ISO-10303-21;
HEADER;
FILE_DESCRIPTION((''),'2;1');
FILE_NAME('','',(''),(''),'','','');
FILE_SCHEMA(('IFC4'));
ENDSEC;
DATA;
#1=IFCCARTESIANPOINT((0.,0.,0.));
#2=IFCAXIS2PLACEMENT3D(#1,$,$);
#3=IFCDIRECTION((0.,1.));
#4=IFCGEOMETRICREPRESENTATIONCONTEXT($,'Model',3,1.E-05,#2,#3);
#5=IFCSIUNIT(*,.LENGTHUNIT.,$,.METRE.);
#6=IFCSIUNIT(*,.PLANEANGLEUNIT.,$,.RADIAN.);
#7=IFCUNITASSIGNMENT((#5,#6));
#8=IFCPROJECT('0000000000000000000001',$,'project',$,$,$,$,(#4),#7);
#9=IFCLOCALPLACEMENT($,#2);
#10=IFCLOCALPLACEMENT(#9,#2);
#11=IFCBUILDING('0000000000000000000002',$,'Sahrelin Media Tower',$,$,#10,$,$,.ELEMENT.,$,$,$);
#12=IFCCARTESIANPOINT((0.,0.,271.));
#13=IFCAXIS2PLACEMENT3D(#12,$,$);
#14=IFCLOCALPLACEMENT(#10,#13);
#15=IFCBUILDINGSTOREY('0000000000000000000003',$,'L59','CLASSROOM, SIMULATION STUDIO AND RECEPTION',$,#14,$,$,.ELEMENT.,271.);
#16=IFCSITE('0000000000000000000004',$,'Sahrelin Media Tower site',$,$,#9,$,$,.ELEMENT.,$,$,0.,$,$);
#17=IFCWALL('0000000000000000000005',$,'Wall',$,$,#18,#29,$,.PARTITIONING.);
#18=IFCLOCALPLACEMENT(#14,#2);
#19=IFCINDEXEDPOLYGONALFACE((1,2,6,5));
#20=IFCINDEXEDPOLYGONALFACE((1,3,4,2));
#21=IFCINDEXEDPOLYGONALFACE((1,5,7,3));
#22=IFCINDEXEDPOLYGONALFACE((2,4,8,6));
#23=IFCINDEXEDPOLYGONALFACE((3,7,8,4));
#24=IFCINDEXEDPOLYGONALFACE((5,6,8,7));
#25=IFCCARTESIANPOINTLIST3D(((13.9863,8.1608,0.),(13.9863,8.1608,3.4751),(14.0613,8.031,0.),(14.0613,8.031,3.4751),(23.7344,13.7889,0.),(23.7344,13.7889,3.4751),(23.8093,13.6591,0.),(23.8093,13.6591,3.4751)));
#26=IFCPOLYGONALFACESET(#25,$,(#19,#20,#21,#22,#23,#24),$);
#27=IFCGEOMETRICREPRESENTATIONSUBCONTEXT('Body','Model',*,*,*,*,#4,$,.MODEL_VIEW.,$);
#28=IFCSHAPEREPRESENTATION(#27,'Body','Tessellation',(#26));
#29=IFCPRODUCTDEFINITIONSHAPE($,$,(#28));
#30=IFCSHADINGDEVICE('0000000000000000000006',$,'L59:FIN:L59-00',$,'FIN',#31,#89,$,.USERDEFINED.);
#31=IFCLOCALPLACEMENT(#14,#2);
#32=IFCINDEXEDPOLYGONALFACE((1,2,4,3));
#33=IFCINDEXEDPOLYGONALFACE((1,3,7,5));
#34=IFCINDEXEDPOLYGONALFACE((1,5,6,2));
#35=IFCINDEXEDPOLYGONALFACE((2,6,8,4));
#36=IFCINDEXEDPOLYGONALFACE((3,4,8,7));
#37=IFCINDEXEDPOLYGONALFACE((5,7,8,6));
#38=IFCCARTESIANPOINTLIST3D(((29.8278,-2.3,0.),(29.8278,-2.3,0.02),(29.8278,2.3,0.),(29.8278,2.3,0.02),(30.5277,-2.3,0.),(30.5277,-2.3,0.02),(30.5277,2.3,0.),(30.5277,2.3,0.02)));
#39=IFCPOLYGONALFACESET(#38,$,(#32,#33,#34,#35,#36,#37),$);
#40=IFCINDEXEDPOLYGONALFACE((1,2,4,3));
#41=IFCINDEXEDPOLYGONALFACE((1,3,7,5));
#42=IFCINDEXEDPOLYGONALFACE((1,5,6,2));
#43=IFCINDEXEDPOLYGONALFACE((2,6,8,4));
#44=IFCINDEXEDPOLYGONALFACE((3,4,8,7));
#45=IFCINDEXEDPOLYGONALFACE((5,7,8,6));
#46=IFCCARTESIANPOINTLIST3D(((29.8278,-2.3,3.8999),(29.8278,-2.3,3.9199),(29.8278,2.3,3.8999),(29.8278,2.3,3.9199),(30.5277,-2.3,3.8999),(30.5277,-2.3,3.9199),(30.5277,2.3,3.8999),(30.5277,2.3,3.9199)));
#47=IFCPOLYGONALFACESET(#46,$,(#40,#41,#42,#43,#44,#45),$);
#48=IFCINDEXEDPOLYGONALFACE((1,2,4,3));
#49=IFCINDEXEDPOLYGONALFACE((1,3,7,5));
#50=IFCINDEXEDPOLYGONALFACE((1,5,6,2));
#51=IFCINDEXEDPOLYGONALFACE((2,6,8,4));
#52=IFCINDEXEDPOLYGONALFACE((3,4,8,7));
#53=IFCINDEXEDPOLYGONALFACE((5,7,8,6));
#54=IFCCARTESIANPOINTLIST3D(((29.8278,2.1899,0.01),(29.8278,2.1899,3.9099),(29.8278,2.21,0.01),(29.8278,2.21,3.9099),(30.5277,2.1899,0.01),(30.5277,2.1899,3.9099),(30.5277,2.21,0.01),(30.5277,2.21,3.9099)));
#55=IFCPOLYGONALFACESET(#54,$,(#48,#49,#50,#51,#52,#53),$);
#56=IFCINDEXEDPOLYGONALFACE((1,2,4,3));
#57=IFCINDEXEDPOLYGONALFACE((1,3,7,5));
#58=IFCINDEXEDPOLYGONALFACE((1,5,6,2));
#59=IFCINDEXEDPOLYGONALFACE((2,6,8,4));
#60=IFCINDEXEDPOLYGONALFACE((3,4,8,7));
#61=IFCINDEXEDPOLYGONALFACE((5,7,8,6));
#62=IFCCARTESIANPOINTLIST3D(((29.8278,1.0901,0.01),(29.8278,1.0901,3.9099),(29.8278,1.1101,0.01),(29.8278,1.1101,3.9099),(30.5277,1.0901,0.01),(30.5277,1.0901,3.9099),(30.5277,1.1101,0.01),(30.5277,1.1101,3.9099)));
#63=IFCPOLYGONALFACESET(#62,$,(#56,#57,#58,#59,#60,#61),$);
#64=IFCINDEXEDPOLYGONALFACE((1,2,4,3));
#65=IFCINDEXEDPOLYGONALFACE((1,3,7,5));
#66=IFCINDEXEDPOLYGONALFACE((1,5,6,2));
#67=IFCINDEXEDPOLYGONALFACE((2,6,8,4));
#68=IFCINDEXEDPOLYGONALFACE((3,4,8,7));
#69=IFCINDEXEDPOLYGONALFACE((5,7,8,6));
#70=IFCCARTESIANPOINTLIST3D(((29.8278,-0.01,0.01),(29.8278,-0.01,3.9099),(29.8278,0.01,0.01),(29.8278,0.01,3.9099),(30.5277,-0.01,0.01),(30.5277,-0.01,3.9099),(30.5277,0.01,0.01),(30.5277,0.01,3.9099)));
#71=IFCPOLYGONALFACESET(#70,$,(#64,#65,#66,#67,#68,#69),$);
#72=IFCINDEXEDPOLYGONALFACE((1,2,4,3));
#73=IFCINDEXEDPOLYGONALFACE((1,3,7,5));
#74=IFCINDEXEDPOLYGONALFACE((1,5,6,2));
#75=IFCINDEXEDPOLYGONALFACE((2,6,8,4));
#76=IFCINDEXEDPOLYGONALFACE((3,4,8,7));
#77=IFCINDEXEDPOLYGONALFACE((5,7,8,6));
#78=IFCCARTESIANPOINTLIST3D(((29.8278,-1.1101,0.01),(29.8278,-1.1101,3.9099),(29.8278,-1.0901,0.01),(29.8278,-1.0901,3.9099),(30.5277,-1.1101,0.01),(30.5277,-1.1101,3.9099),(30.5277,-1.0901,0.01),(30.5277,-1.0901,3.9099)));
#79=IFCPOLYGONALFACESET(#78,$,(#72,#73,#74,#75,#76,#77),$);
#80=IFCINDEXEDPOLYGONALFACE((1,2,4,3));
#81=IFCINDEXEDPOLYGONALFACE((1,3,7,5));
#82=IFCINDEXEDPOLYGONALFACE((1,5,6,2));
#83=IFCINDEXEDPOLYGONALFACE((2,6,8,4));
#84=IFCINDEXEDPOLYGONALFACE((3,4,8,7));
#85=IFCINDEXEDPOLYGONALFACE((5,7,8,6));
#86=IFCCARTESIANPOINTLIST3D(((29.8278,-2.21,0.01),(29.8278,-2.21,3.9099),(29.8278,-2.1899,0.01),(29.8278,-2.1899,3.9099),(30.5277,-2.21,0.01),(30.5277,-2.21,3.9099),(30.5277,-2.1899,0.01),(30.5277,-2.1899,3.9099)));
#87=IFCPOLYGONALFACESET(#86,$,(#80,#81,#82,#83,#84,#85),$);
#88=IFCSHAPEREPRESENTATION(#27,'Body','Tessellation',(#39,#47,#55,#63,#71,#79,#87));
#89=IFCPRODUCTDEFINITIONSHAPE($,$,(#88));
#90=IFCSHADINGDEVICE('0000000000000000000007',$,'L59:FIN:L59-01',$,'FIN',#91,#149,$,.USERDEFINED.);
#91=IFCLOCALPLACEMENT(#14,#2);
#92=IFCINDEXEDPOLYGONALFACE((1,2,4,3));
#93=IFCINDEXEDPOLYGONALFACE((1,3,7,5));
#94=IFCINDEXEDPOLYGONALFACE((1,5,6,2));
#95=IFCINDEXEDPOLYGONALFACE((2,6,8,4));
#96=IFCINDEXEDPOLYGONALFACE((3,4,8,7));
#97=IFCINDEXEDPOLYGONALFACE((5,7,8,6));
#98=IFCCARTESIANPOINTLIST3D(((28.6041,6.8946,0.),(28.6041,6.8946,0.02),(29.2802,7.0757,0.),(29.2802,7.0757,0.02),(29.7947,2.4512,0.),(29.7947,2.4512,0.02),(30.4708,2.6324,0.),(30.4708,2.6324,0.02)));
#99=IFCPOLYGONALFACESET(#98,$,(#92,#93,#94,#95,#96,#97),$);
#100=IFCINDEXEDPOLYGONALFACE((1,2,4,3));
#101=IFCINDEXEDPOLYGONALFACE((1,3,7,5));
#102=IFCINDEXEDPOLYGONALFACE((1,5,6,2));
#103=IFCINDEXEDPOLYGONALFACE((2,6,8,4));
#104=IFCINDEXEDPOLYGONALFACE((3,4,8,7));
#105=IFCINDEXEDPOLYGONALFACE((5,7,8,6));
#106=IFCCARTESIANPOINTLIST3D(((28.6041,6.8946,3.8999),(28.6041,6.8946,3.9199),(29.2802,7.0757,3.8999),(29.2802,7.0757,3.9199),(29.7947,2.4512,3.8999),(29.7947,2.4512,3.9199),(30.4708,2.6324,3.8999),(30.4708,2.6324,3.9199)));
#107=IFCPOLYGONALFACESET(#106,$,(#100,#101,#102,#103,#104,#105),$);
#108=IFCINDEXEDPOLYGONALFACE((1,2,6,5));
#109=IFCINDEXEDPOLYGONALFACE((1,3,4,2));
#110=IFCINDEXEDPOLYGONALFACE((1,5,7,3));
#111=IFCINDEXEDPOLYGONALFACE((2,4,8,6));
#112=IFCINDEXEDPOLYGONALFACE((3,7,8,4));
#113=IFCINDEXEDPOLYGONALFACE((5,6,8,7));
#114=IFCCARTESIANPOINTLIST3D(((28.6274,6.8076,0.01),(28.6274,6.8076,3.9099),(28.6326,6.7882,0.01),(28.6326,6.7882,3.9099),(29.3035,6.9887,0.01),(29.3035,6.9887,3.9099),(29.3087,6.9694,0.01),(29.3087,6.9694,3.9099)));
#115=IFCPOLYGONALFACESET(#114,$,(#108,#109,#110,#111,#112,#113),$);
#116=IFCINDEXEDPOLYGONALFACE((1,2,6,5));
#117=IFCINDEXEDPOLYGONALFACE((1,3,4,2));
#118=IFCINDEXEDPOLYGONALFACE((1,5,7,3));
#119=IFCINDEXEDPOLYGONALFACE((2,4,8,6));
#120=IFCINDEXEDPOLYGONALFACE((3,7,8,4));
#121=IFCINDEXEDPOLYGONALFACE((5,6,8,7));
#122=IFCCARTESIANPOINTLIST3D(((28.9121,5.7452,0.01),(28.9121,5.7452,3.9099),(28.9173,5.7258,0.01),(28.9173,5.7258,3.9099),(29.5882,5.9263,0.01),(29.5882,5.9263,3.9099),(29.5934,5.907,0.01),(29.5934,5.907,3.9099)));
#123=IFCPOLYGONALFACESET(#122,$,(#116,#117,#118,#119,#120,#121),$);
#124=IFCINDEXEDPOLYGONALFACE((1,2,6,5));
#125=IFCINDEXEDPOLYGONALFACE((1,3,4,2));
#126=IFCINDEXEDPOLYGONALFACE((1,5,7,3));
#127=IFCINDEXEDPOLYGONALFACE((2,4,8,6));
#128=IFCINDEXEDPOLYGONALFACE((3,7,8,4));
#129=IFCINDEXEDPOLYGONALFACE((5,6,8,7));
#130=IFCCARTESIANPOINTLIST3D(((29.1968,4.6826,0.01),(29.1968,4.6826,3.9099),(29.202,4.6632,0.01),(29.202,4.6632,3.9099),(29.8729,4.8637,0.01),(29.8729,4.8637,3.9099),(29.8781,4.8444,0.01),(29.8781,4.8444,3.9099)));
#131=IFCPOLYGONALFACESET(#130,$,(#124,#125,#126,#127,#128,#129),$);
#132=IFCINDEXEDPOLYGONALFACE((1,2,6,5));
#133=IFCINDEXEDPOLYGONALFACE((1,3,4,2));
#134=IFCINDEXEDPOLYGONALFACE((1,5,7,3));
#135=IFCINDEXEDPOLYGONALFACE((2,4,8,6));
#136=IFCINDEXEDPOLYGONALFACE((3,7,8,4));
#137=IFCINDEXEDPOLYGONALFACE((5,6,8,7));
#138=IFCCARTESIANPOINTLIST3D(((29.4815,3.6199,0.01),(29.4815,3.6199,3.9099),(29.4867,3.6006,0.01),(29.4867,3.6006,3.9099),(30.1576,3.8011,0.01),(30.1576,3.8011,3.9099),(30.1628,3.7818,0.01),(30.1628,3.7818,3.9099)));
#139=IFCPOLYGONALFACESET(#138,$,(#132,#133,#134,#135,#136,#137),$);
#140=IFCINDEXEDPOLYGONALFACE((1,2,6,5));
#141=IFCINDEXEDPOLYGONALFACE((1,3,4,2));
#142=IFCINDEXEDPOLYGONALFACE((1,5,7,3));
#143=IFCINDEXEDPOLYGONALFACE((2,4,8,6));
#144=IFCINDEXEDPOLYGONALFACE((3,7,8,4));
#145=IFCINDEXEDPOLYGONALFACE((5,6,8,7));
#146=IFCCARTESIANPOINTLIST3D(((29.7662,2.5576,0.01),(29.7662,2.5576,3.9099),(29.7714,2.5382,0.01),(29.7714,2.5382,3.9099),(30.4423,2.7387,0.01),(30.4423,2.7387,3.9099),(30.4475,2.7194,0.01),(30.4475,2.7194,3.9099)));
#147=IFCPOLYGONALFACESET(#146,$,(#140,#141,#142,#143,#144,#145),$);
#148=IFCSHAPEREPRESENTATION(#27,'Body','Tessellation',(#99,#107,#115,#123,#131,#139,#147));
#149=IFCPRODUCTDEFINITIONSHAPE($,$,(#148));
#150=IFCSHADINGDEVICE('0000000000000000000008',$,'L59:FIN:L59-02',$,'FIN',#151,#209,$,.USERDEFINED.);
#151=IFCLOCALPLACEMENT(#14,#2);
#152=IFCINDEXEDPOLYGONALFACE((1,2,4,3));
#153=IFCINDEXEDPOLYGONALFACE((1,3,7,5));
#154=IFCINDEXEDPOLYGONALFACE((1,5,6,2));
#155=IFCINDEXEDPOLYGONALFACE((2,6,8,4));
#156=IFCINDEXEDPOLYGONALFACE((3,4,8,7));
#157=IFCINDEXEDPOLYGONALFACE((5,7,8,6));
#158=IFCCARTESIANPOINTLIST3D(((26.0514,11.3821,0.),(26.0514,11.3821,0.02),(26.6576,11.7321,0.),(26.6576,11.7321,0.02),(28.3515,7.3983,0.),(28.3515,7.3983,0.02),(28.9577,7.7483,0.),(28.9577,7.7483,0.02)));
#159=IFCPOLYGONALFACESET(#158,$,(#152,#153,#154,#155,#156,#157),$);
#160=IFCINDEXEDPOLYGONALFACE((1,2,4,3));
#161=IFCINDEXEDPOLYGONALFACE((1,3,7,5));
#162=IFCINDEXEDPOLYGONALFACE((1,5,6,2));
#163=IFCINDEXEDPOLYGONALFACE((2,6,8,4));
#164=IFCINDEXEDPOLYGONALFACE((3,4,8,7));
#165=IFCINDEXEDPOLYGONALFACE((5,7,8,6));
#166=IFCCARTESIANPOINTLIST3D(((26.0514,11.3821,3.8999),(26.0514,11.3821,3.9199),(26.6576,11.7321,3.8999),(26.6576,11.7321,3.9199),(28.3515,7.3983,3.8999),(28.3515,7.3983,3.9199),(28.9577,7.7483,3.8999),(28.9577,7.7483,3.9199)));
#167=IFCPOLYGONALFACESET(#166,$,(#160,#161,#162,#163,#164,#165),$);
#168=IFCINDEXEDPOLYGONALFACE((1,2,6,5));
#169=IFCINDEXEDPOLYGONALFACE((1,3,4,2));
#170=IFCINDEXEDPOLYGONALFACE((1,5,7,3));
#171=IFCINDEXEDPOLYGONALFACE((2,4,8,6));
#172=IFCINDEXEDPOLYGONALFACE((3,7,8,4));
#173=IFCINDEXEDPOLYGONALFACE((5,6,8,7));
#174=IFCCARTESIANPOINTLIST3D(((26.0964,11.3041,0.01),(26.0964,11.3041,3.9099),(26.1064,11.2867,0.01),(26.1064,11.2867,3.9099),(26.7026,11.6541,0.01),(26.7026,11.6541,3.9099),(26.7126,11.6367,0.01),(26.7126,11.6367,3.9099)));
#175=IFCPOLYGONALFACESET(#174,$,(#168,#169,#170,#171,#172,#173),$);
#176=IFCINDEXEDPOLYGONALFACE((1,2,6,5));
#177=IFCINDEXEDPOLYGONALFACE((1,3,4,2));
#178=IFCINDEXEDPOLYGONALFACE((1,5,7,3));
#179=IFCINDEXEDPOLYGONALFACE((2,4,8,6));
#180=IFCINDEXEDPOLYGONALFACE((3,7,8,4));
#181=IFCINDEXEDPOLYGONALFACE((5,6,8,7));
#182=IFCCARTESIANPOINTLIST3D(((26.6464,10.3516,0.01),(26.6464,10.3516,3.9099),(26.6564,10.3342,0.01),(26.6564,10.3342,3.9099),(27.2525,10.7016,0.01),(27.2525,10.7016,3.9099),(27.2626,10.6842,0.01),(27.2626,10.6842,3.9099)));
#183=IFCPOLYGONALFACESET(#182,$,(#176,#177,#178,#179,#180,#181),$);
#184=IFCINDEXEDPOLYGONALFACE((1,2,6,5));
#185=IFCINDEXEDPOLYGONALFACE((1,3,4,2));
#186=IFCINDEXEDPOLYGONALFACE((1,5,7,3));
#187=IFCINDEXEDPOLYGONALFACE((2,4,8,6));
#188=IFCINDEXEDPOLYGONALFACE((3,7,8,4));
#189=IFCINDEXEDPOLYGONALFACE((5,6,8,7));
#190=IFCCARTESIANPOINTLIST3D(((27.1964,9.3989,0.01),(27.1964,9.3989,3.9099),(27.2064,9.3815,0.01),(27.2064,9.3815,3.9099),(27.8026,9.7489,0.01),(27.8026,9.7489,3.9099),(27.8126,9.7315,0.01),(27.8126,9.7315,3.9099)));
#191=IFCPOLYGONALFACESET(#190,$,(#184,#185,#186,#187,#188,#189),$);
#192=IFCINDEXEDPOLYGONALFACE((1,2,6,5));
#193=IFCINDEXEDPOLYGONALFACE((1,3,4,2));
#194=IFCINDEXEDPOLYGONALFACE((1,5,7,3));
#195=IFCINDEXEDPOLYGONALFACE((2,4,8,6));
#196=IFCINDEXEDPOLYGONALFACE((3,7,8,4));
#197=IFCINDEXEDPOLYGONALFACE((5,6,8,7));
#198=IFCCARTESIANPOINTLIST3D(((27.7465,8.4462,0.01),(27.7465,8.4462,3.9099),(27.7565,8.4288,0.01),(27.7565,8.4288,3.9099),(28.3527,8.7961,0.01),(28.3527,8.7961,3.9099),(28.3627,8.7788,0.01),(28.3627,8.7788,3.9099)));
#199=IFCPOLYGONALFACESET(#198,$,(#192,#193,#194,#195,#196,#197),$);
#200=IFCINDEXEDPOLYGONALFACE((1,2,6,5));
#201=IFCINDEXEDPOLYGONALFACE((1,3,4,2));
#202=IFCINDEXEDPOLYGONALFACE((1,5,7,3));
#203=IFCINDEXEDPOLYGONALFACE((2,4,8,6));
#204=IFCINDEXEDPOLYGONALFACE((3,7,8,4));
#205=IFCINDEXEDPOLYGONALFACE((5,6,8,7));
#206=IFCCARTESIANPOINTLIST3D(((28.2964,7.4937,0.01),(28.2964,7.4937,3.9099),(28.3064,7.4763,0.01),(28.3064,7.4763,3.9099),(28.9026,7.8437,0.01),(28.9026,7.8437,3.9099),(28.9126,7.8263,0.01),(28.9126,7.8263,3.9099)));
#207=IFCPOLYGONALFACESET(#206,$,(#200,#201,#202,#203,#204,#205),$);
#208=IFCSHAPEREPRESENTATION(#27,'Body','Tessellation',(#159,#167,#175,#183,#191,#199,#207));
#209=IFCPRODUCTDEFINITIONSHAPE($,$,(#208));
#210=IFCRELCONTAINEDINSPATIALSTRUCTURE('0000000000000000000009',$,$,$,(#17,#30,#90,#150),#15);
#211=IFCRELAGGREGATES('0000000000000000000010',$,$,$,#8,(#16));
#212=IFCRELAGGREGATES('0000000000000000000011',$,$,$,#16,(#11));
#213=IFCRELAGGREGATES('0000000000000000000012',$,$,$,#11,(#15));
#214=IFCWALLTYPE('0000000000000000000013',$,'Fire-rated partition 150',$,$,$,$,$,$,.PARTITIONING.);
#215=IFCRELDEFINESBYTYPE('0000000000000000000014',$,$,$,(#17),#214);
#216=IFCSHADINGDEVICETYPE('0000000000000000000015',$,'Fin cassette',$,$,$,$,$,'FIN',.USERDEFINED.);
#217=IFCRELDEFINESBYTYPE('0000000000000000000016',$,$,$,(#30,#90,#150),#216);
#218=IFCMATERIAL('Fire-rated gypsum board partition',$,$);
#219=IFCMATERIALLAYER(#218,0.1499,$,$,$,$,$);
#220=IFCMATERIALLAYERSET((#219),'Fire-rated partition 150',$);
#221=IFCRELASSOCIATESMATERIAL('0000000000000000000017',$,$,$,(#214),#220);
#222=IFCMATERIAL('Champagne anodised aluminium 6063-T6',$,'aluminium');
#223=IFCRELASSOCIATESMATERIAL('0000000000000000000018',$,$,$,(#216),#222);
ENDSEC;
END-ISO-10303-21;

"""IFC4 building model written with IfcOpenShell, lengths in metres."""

from ifc_helpers import new_model, si_unit, direction, frame, frame_2d, origin, origin_2d, place, context, subcontext, project, spatial, rectangle, extrude, material, layer, layer_set, type_object, element, save


model = new_model("IFC4")

# Units and contexts
model_context = context("Model", 3, precision=1e-05, world=origin(), true_north=direction((0.0, 1.0)))
body_context = subcontext(model_context, "Body", "Model", "MODEL_VIEW")
ifc_project = project(units=[si_unit("LENGTHUNIT", "METRE"), si_unit("PLANEANGLEUNIT", "RADIAN")], contexts=[model_context])

# Site, building, storey
site_placement = place(None, origin())
site = spatial("IfcSite", under=ifc_project, at=site_placement, Name="Sahrelin Media Tower site", CompositionType="ELEMENT", RefElevation=0.0)
building_placement = place(site_placement, origin())
building = spatial("IfcBuilding", under=site, at=building_placement, Name="Sahrelin Media Tower", CompositionType="ELEMENT")
storey_placement = place(building_placement, frame((0.0, 0.0, 271.0)))
storey = spatial("IfcBuildingStorey", under=building, at=storey_placement, Name="L59", Description="CLASSROOM, SIMULATION STUDIO AND RECEPTION", CompositionType="ELEMENT", Elevation=271.0)

# Shared definitions
ifc_material_1 = material(Name="Champagne anodised aluminium 6063-T6", Category="aluminium")

# Wall
ifc_material_2 = material(Name="Fire-rated gypsum board partition")
ifc_layer_1 = layer(ifc_material_2, 0.1499)
ifc_layer_set_1 = layer_set([ifc_layer_1], Name="Fire-rated partition 150")
wall_type = type_object("IfcWallType", Name="Fire-rated partition 150", PredefinedType="PARTITIONING", material=ifc_layer_set_1)
wall_placement = place(storey_placement, frame((14.0239, 8.0959, 0.0), z_axis=(0.0, 0.0, 1.0), x_axis=(0.86602, 0.500009, 0.0)))
element("IfcWall", 1, at=wall_placement, inside=storey, type_object=wall_type, Name="Wall", PredefinedType="PARTITIONING", context=body_context, shape_type="SweptSolid", body=[
    extrude(rectangle(XDim=11.2561, YDim=0.1499, at=frame_2d((5.6279, 0.0))), origin(), (0.0, 0.0, 1.0), 3.4751),
])

# Shading devices
shading_device_type_1 = type_object("IfcShadingDeviceType", Name="Fin cassette", ElementType="FIN", PredefinedType="USERDEFINED", material=ifc_material_1)
placement_1 = place(storey_placement, frame((29.7578, 0.0, 0.0), z_axis=(0.0, 0.0, 1.0), x_axis=(0.0, -1.0, 0.0)))
element("IfcShadingDevice", 2, at=placement_1, inside=storey, type_object=shading_device_type_1, Name="L59:FIN:L59-00", ObjectType="FIN", PredefinedType="USERDEFINED", context=body_context, shape_type="SweptSolid", body=[
    extrude(rectangle(XDim=4.6001, YDim=0.7, at=origin_2d()), frame((0.0, 0.4199, 0.0)), (0.0, 0.0, 1.0), 0.02),
    extrude(rectangle(XDim=4.6001, YDim=0.7, at=origin_2d()), frame((0.0, 0.4199, 3.8999)), (0.0, 0.0, 1.0), 0.02),
    extrude(rectangle(XDim=0.02, YDim=0.7, at=origin_2d()), frame((-2.2, 0.4199, 0.01), z_axis=(0.0, 0.0, 1.0), x_axis=(1.0, 0.0, 0.0)), (0.0, 0.0, 1.0), 3.8999),
    extrude(rectangle(XDim=0.02, YDim=0.7, at=origin_2d()), frame((-1.1001, 0.4199, 0.01), z_axis=(0.0, 0.0, 1.0), x_axis=(1.0, 0.0, 0.0)), (0.0, 0.0, 1.0), 3.8999),
    extrude(rectangle(XDim=0.02, YDim=0.7, at=origin_2d()), frame((0.0, 0.4199, 0.01), z_axis=(0.0, 0.0, 1.0), x_axis=(1.0, 0.0, 0.0)), (0.0, 0.0, 1.0), 3.8999),
    extrude(rectangle(XDim=0.02, YDim=0.7, at=origin_2d()), frame((1.1001, 0.4199, 0.01), z_axis=(0.0, 0.0, 1.0), x_axis=(1.0, 0.0, 0.0)), (0.0, 0.0, 1.0), 3.8999),
    extrude(rectangle(XDim=0.02, YDim=0.7, at=origin_2d()), frame((2.2, 0.4199, 0.01), z_axis=(0.0, 0.0, 1.0), x_axis=(1.0, 0.0, 0.0)), (0.0, 0.0, 1.0), 3.8999),
])
placement_2 = place(storey_placement, frame((29.1318, 4.6548, 0.0), z_axis=(0.0, 0.0, 1.0), x_axis=(0.258808, -0.965929, 0.0)))
element("IfcShadingDevice", 3, at=placement_2, inside=storey, type_object=shading_device_type_1, Name="L59:FIN:L59-01", ObjectType="FIN", PredefinedType="USERDEFINED", context=body_context, shape_type="SweptSolid", body=[
    extrude(rectangle(XDim=4.6001, YDim=0.7, at=origin_2d()), frame((0.0, 0.4199, 0.0)), (0.0, 0.0, 1.0), 0.02),
    extrude(rectangle(XDim=4.6001, YDim=0.7, at=origin_2d()), frame((0.0, 0.4199, 3.8999)), (0.0, 0.0, 1.0), 0.02),
    extrude(rectangle(XDim=0.02, YDim=0.7, at=origin_2d()), frame((-2.2, 0.4199, 0.01), z_axis=(0.0, 0.0, 1.0), x_axis=(1.0, 0.0, 0.0)), (0.0, 0.0, 1.0), 3.8999),
    extrude(rectangle(XDim=0.02, YDim=0.7, at=origin_2d()), frame((-1.1001, 0.4199, 0.01), z_axis=(0.0, 0.0, 1.0), x_axis=(1.0, 0.0, 0.0)), (0.0, 0.0, 1.0), 3.8999),
    extrude(rectangle(XDim=0.02, YDim=0.7, at=origin_2d()), frame((0.0, 0.4199, 0.01), z_axis=(0.0, 0.0, 1.0), x_axis=(1.0, 0.0, 0.0)), (0.0, 0.0, 1.0), 3.8999),
    extrude(rectangle(XDim=0.02, YDim=0.7, at=origin_2d()), frame((1.1001, 0.4199, 0.01), z_axis=(0.0, 0.0, 1.0), x_axis=(1.0, 0.0, 0.0)), (0.0, 0.0, 1.0), 3.8999),
    extrude(rectangle(XDim=0.02, YDim=0.7, at=origin_2d()), frame((2.2, 0.4199, 0.01), z_axis=(0.0, 0.0, 1.0), x_axis=(1.0, 0.0, 0.0)), (0.0, 0.0, 1.0), 3.8999),
])
placement_3 = place(storey_placement, frame((27.1409, 9.3552, 0.0), z_axis=(0.0, 0.0, 1.0), x_axis=(0.500011, -0.866019, 0.0)))
element("IfcShadingDevice", 4, at=placement_3, inside=storey, type_object=shading_device_type_1, Name="L59:FIN:L59-02", ObjectType="FIN", PredefinedType="USERDEFINED", context=body_context, shape_type="SweptSolid", body=[
    extrude(rectangle(XDim=4.6001, YDim=0.7, at=origin_2d()), frame((0.0, 0.4199, 0.0)), (0.0, 0.0, 1.0), 0.02),
    extrude(rectangle(XDim=4.6001, YDim=0.7, at=origin_2d()), frame((0.0, 0.4199, 3.8999)), (0.0, 0.0, 1.0), 0.02),
    extrude(rectangle(XDim=0.02, YDim=0.7, at=origin_2d()), frame((-2.2, 0.4199, 0.01), z_axis=(0.0, 0.0, 1.0), x_axis=(1.0, 0.0, 0.0)), (0.0, 0.0, 1.0), 3.8999),
    extrude(rectangle(XDim=0.02, YDim=0.7, at=origin_2d()), frame((-1.1001, 0.4199, 0.01), z_axis=(0.0, 0.0, 1.0), x_axis=(1.0, 0.0, 0.0)), (0.0, 0.0, 1.0), 3.8999),
    extrude(rectangle(XDim=0.02, YDim=0.7, at=origin_2d()), frame((0.0, 0.4199, 0.01), z_axis=(0.0, 0.0, 1.0), x_axis=(1.0, 0.0, 0.0)), (0.0, 0.0, 1.0), 3.8999),
    extrude(rectangle(XDim=0.02, YDim=0.7, at=origin_2d()), frame((1.1001, 0.4199, 0.01), z_axis=(0.0, 0.0, 1.0), x_axis=(1.0, 0.0, 0.0)), (0.0, 0.0, 1.0), 3.8999),
    extrude(rectangle(XDim=0.02, YDim=0.7, at=origin_2d()), frame((2.2, 0.4199, 0.01), z_axis=(0.0, 0.0, 1.0), x_axis=(1.0, 0.0, 0.0)), (0.0, 0.0, 1.0), 3.8999),
])

save(model, "model.ifc")
